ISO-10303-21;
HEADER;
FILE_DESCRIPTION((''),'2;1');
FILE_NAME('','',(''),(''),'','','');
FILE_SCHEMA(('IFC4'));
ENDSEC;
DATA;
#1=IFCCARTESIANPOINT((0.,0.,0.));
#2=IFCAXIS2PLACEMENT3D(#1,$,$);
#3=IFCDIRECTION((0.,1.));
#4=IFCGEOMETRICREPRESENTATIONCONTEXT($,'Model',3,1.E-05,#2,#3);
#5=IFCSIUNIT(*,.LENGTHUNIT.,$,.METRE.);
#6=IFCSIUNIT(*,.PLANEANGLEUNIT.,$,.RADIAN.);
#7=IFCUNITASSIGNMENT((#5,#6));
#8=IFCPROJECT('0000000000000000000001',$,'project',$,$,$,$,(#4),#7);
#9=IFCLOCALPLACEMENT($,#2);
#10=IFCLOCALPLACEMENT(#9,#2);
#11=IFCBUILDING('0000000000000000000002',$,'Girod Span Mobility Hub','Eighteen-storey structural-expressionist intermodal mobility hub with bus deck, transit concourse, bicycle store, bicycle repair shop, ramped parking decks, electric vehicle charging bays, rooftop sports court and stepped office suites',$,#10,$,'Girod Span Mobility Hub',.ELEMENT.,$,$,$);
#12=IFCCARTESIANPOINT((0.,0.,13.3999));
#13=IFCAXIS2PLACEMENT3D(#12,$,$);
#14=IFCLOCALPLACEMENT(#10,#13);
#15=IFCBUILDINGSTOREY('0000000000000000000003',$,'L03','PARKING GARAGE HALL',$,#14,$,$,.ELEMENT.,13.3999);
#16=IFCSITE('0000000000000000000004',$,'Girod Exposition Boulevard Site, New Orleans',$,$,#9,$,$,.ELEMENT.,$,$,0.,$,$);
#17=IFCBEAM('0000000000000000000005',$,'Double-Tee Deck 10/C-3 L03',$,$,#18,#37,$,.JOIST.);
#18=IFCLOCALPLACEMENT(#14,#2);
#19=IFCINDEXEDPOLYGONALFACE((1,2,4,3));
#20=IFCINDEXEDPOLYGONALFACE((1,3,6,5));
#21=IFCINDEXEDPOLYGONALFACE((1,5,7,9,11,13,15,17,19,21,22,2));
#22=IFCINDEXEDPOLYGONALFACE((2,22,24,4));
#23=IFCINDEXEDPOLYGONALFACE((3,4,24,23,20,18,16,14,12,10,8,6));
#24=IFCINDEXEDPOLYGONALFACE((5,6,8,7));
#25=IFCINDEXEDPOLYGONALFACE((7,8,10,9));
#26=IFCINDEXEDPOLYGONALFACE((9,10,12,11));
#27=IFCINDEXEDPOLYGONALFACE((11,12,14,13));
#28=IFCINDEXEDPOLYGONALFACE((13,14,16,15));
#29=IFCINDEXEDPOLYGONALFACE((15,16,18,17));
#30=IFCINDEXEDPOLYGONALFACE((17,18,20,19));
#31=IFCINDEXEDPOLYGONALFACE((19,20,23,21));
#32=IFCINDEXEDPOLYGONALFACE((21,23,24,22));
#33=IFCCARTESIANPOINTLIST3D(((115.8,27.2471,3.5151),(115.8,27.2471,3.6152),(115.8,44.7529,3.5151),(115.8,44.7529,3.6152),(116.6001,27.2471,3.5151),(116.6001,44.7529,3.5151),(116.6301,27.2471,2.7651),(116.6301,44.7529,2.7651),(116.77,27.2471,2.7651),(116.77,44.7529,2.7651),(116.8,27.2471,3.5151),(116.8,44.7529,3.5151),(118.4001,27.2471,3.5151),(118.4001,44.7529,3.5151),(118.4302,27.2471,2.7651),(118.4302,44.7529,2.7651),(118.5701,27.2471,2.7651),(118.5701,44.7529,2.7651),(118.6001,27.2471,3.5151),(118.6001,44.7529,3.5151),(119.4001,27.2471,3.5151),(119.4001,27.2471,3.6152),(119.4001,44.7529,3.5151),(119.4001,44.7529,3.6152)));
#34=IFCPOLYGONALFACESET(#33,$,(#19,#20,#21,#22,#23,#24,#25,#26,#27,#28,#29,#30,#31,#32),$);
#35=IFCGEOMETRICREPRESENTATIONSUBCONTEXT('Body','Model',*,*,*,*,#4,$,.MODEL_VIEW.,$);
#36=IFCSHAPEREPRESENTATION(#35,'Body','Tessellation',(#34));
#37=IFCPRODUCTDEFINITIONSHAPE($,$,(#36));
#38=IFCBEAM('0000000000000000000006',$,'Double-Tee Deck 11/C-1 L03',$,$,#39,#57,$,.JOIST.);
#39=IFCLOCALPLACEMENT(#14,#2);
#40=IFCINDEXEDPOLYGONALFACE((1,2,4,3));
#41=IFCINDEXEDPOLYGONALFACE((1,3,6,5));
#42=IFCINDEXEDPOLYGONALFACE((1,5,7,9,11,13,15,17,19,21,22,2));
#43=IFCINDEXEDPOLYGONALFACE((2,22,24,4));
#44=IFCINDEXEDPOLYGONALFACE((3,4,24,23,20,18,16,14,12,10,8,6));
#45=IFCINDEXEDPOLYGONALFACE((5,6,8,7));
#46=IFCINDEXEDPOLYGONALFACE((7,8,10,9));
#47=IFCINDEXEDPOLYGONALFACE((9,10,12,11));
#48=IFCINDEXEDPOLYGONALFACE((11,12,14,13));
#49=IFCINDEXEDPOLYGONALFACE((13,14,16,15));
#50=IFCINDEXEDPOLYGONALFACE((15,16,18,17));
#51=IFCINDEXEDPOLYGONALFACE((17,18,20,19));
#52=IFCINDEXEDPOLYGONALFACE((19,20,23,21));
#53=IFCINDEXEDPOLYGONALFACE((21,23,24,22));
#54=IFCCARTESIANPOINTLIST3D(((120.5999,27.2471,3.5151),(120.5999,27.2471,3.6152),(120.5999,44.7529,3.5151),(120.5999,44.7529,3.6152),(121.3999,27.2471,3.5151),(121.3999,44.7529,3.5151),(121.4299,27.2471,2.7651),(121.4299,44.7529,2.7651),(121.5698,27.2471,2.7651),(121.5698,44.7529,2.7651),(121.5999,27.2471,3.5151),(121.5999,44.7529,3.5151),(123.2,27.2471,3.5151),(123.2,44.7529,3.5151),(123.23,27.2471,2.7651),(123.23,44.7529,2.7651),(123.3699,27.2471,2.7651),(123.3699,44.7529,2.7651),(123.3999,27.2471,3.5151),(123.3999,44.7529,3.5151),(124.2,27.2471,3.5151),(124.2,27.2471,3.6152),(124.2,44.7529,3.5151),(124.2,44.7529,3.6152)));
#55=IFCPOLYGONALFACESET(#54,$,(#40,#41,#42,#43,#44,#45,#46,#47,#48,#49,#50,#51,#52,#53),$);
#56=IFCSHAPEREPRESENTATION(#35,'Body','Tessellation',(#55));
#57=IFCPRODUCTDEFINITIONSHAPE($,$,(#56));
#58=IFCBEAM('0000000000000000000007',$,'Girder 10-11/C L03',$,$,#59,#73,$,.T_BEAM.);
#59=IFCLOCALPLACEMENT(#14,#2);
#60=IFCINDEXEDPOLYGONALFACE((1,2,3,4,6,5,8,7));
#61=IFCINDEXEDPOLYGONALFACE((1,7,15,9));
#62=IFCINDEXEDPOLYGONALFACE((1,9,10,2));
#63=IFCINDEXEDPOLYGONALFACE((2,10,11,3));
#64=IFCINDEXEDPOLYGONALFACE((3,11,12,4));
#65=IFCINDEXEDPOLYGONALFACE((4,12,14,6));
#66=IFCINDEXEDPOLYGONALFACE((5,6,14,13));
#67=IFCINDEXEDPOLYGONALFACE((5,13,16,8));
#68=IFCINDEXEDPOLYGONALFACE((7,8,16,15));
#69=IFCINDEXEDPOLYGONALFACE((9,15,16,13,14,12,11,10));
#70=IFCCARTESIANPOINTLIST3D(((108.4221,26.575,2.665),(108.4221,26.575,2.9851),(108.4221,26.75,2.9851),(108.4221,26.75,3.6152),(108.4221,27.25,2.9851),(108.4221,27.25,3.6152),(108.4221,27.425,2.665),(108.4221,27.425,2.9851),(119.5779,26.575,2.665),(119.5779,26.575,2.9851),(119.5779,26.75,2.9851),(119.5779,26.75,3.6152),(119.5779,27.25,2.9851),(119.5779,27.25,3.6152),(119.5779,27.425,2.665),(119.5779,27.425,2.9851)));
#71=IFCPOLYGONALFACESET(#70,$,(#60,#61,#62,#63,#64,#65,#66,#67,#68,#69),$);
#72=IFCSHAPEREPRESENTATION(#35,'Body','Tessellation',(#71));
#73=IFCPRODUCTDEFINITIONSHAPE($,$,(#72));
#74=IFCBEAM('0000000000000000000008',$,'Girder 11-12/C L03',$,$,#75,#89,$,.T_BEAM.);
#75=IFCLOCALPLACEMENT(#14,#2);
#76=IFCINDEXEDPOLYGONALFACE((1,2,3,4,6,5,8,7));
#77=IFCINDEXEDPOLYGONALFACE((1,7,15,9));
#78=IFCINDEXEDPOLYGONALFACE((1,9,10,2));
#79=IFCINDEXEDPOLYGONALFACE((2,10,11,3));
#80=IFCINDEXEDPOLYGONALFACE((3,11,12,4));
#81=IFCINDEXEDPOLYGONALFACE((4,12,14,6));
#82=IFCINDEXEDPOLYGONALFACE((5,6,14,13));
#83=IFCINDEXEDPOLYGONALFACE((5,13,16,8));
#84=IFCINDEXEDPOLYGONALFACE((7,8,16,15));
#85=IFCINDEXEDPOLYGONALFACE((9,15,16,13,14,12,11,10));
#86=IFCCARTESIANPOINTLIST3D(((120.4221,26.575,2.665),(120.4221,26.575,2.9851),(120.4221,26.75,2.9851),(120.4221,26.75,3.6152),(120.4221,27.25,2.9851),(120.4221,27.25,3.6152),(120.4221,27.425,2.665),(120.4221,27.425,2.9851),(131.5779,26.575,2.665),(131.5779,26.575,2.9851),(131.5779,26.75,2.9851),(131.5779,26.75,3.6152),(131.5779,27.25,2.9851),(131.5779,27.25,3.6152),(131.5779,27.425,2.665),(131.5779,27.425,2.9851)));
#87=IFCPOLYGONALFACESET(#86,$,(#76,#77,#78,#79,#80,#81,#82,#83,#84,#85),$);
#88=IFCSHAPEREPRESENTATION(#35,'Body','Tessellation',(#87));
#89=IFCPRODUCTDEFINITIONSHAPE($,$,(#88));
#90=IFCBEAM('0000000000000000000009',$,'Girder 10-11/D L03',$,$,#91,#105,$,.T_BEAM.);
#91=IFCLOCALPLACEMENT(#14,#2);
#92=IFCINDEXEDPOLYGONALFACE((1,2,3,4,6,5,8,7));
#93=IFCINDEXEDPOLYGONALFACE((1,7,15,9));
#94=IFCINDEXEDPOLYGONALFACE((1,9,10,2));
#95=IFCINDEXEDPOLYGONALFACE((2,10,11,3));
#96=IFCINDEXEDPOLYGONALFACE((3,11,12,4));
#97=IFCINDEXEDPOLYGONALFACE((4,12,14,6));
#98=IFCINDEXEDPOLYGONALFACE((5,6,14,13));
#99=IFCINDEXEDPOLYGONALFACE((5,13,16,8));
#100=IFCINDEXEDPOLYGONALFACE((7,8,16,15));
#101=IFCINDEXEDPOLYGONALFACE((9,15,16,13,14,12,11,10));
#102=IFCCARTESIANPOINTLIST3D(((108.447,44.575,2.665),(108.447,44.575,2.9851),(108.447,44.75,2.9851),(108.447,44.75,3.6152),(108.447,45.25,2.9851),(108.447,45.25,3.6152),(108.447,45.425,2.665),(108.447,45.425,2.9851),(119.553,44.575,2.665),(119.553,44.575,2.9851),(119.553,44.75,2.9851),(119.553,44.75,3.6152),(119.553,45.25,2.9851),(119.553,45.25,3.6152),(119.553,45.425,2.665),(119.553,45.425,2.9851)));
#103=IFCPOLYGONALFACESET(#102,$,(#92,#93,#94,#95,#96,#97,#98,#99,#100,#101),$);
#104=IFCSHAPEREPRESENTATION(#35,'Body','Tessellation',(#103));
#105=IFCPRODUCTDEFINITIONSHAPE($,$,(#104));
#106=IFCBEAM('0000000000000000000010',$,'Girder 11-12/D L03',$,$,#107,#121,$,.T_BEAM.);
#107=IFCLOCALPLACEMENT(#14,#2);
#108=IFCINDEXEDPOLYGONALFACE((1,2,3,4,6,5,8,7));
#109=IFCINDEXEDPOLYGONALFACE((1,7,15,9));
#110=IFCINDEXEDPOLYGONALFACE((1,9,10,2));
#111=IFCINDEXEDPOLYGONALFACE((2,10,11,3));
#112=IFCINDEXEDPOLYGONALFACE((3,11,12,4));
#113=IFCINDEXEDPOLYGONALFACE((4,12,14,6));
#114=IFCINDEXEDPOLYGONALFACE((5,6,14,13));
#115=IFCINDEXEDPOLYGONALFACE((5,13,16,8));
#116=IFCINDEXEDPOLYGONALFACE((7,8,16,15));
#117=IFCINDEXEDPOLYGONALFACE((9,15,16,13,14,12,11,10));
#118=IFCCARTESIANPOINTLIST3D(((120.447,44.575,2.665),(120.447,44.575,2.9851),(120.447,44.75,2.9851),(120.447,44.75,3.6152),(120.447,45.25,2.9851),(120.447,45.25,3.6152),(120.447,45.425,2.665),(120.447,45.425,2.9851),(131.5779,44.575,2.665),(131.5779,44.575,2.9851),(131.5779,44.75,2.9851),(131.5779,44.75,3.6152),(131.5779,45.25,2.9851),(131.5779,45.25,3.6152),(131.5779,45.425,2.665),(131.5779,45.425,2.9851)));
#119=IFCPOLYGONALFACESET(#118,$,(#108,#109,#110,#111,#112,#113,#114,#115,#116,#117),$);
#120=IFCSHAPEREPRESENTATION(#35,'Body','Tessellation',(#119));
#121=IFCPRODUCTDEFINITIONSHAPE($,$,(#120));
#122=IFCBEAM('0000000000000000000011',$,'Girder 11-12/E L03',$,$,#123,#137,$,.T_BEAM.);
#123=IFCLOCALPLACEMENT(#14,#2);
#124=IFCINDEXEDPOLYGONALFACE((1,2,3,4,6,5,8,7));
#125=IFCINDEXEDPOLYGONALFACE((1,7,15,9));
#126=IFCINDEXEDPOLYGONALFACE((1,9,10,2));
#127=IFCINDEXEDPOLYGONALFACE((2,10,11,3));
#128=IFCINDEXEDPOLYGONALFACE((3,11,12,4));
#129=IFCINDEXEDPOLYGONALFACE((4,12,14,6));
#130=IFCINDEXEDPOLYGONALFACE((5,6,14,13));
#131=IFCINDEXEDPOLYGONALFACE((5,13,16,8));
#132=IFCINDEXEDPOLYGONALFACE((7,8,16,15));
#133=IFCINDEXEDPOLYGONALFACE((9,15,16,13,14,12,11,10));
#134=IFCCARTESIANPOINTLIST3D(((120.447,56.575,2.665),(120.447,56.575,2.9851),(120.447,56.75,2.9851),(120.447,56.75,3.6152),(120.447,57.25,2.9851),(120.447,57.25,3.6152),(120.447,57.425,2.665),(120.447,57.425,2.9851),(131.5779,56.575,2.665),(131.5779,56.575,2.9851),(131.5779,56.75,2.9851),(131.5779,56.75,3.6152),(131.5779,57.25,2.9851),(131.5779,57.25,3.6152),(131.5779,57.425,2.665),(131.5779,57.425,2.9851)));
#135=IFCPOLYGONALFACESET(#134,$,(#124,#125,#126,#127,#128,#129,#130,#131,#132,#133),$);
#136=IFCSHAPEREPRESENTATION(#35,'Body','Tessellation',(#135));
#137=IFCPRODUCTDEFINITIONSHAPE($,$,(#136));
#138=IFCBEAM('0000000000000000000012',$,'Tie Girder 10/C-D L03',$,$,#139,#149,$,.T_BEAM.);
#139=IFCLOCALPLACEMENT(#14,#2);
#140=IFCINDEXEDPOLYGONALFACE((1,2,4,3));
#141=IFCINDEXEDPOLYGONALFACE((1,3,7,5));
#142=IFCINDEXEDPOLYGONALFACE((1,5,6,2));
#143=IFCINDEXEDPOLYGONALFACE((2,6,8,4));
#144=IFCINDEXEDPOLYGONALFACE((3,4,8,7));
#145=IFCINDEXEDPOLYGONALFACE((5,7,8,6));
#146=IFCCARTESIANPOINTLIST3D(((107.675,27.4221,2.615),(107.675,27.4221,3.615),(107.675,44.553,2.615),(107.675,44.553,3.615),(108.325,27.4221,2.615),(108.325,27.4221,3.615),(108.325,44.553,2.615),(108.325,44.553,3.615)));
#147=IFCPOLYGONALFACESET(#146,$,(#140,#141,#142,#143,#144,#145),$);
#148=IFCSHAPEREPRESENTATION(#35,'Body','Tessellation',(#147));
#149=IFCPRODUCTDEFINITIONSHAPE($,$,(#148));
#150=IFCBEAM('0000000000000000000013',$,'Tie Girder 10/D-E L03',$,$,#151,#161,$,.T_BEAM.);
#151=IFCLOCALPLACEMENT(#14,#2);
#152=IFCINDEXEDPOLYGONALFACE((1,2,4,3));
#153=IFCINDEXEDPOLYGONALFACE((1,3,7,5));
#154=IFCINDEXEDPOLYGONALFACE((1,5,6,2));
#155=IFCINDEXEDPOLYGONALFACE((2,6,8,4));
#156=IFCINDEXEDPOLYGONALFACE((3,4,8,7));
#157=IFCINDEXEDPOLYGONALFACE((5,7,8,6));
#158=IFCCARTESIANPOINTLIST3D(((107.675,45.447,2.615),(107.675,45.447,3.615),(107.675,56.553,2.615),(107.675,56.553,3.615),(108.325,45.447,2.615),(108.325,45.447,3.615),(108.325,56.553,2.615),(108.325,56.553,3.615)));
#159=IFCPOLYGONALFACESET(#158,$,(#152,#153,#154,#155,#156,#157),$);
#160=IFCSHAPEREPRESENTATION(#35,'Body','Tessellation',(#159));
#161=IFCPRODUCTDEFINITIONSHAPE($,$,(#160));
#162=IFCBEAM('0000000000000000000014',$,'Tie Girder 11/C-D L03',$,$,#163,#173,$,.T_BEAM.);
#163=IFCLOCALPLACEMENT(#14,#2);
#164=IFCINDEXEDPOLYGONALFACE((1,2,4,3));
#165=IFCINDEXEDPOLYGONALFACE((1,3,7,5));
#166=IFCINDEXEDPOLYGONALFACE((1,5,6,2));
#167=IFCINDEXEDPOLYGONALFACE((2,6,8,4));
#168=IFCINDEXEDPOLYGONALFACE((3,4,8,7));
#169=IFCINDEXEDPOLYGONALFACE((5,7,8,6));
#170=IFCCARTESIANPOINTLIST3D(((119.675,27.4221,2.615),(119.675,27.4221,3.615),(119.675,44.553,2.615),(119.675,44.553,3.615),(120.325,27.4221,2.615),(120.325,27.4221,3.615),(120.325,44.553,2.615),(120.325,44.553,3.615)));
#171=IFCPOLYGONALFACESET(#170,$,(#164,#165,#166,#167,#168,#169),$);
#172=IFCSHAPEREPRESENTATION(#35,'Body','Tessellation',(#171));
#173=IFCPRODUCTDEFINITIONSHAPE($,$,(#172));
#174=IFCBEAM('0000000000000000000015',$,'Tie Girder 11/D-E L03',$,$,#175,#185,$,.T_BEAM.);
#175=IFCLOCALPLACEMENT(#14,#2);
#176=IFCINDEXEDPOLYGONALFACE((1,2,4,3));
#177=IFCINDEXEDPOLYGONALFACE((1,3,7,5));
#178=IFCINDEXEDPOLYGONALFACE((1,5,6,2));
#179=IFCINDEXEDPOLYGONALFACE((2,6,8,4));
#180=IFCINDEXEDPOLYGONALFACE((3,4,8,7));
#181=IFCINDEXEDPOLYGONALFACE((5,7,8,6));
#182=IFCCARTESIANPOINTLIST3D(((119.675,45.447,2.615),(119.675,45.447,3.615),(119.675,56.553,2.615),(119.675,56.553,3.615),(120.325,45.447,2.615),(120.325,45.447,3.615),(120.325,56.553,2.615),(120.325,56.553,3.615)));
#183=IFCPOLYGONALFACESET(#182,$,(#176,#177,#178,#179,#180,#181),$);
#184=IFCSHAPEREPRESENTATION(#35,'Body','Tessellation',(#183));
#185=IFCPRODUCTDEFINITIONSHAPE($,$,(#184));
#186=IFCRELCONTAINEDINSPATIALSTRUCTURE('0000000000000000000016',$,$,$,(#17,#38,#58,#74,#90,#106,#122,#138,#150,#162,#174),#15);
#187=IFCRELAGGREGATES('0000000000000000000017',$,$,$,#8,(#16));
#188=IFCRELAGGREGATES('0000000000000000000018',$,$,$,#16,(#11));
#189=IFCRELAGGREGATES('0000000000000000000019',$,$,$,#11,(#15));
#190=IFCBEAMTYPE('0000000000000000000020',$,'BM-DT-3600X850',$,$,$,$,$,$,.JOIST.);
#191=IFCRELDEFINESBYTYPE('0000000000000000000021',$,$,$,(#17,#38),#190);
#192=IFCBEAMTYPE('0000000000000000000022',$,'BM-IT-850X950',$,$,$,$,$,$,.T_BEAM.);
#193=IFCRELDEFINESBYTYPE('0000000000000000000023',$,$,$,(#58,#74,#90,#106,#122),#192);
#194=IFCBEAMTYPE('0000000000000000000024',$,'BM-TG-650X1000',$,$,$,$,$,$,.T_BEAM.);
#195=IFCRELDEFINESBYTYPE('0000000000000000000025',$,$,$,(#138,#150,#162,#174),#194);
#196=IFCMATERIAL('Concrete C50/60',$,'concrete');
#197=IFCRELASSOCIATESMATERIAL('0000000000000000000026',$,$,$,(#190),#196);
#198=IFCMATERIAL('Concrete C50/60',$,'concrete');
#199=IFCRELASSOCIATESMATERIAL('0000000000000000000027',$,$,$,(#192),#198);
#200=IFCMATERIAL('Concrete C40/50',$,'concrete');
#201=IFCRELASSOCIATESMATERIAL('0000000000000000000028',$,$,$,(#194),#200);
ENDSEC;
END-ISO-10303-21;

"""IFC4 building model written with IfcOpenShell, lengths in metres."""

from ifc_helpers import new_model, si_unit, direction, frame, origin, origin_2d, place, context, subcontext, project, spatial, polyline, rectangle, outline, extrude, material, material_profile, profile_set, type_object, element, save


model = new_model("IFC4")

# Units and contexts
model_context = context("Model", 3, precision=1e-05, world=origin(), true_north=direction((0.0, 1.0)))
body_context = subcontext(model_context, "Body", "Model", "MODEL_VIEW")
ifc_project = project(units=[si_unit("LENGTHUNIT", "METRE"), si_unit("PLANEANGLEUNIT", "RADIAN")], contexts=[model_context])

# Site, building, storey
site_placement = place(None, origin())
site = spatial("IfcSite", under=ifc_project, at=site_placement, Name="Girod Exposition Boulevard Site, New Orleans", CompositionType="ELEMENT", RefElevation=0.0)
building_placement = place(site_placement, origin())
building = spatial("IfcBuilding", under=site, at=building_placement, Name="Girod Span Mobility Hub", Description="Eighteen-storey structural-expressionist intermodal mobility hub with bus deck, transit concourse, bicycle store, bicycle repair shop, ramped parking decks, electric vehicle charging bays, rooftop sports court and stepped office suites", LongName="Girod Span Mobility Hub", CompositionType="ELEMENT")
storey_placement = place(building_placement, frame((0.0, 0.0, 13.3999)))
storey = spatial("IfcBuildingStorey", under=building, at=storey_placement, Name="L03", Description="PARKING GARAGE HALL", CompositionType="ELEMENT", Elevation=13.3999)

# Beams
ifc_material_1 = material(Name="Concrete C50/60", Category="concrete")
ifc_material_profile_1 = material_profile(ifc_material_1, outline(polyline([(-1.8, 0.425), (-1.8, 0.325), (-1.0, 0.325), (-0.97, -0.425), (-0.8301, -0.425), (-0.8, 0.325), (0.8, 0.325), (0.8301, -0.425), (0.97, -0.425), (1.0, 0.325), (1.8, 0.325), (1.8, 0.425), (-1.8, 0.425)])), Name="DT-3600X850")
ifc_profile_set_1 = profile_set([ifc_material_profile_1], Name="Concrete C50/60")
beam_type_1 = type_object("IfcBeamType", Name="BM-DT-3600X850", PredefinedType="JOIST", material=ifc_profile_set_1)
for number, where, z_axis, x_axis, name in (
    (1, (117.6001, 27.2471, 3.1902), (0.0, 1.0, 0.0), (-1.0, 0.0, 0.0), "Double-Tee Deck 10/C-3 L03"),
    (2, (122.3999, 27.2471, 3.1902), (0.0, 1.0, 0.0), (-1.0, 0.0, 0.0), "Double-Tee Deck 11/C-1 L03"),
):
    element("IfcBeam", number, at=place(storey_placement, frame(where, z_axis=z_axis, x_axis=x_axis)), inside=storey, type_object=beam_type_1, Name=name, PredefinedType="JOIST", context=body_context, shape_type="SweptSolid", body=[
        extrude(outline(polyline([(-1.8, 0.425), (-1.8, 0.325), (-1.0, 0.325), (-0.97, -0.425), (-0.8301, -0.425), (-0.8, 0.325), (0.8, 0.325), (0.8301, -0.425), (0.97, -0.425), (1.0, 0.325), (1.8, 0.325), (1.8, 0.425), (-1.8, 0.425)])), origin(), (0.0, 0.0, 1.0), 17.5059),
    ])
ifc_material_2 = material(Name="Concrete C50/60", Category="concrete")
ifc_material_profile_2 = material_profile(ifc_material_2, outline(polyline([(-0.425, -0.4751), (0.425, -0.4751), (0.425, -0.155), (0.25, -0.155), (0.25, 0.4751), (-0.25, 0.4751), (-0.25, -0.155), (-0.425, -0.155), (-0.425, -0.4751)])), Name="IT-850X950")
ifc_profile_set_2 = profile_set([ifc_material_profile_2], Name="Concrete C50/60")
beam_type_2 = type_object("IfcBeamType", Name="BM-IT-850X950", PredefinedType="T_BEAM", material=ifc_profile_set_2)
for number, where, z_axis, x_axis, name in (
    (3, (108.4221, 27.0, 3.1401), (1.0, 0.0, 0.0), (0.0, 1.0, 0.0), "Girder 10-11/C L03"),
    (4, (120.4221, 27.0, 3.1401), (1.0, 0.0, 0.0), (0.0, 1.0, 0.0), "Girder 11-12/C L03"),
):
    element("IfcBeam", number, at=place(storey_placement, frame(where, z_axis=z_axis, x_axis=x_axis)), inside=storey, type_object=beam_type_2, Name=name, PredefinedType="T_BEAM", context=body_context, shape_type="SweptSolid", body=[
        extrude(outline(polyline([(-0.425, -0.4751), (0.425, -0.4751), (0.425, -0.155), (0.25, -0.155), (0.25, 0.4751), (-0.25, 0.4751), (-0.25, -0.155), (-0.425, -0.155), (-0.425, -0.4751)])), origin(), (0.0, 0.0, 1.0), 11.1558),
    ])
beam_1_placement = place(storey_placement, frame((108.447, 45.0, 3.1401), z_axis=(1.0, 0.0, 0.0), x_axis=(0.0, 1.0, 0.0)))
element("IfcBeam", 5, at=beam_1_placement, inside=storey, type_object=beam_type_2, Name="Girder 10-11/D L03", PredefinedType="T_BEAM", context=body_context, shape_type="SweptSolid", body=[
    extrude(outline(polyline([(-0.425, -0.4751), (0.425, -0.4751), (0.425, -0.155), (0.25, -0.155), (0.25, 0.4751), (-0.25, 0.4751), (-0.25, -0.155), (-0.425, -0.155), (-0.425, -0.4751)])), origin(), (0.0, 0.0, 1.0), 11.106),
])
for number, where, z_axis, x_axis, name in (
    (6, (120.447, 45.0, 3.1401), (1.0, 0.0, 0.0), (0.0, 1.0, 0.0), "Girder 11-12/D L03"),
    (7, (120.447, 57.0, 3.1401), (1.0, 0.0, 0.0), (0.0, 1.0, 0.0), "Girder 11-12/E L03"),
):
    element("IfcBeam", number, at=place(storey_placement, frame(where, z_axis=z_axis, x_axis=x_axis)), inside=storey, type_object=beam_type_2, Name=name, PredefinedType="T_BEAM", context=body_context, shape_type="SweptSolid", body=[
        extrude(outline(polyline([(-0.425, -0.4751), (0.425, -0.4751), (0.425, -0.155), (0.25, -0.155), (0.25, 0.4751), (-0.25, 0.4751), (-0.25, -0.155), (-0.425, -0.155), (-0.425, -0.4751)])), origin(), (0.0, 0.0, 1.0), 11.1309),
    ])
ifc_material_3 = material(Name="Concrete C40/50", Category="concrete")
ifc_material_profile_3 = material_profile(ifc_material_3, rectangle(XDim=0.6499, YDim=1.0, at=origin_2d()), Name="TG-650X1000")
ifc_profile_set_3 = profile_set([ifc_material_profile_3], Name="Concrete C40/50")
beam_type_3 = type_object("IfcBeamType", Name="BM-TG-650X1000", PredefinedType="T_BEAM", material=ifc_profile_set_3)
beam_2_placement = place(storey_placement, frame((108.0, 27.4221, 3.115), z_axis=(0.0, 1.0, 0.0), x_axis=(-1.0, 0.0, 0.0)))
element("IfcBeam", 8, at=beam_2_placement, inside=storey, type_object=beam_type_3, Name="Tie Girder 10/C-D L03", PredefinedType="T_BEAM", context=body_context, shape_type="SweptSolid", body=[
    extrude(rectangle(XDim=0.6499, YDim=1.0, at=origin_2d()), origin(), (0.0, 0.0, 1.0), 17.1309),
])
beam_3_placement = place(storey_placement, frame((108.0, 45.447, 3.115), z_axis=(0.0, 1.0, 0.0), x_axis=(-1.0, 0.0, 0.0)))
element("IfcBeam", 9, at=beam_3_placement, inside=storey, type_object=beam_type_3, Name="Tie Girder 10/D-E L03", PredefinedType="T_BEAM", context=body_context, shape_type="SweptSolid", body=[
    extrude(rectangle(XDim=0.6499, YDim=1.0, at=origin_2d()), origin(), (0.0, 0.0, 1.0), 11.106),
])
beam_4_placement = place(storey_placement, frame((120.0, 27.4221, 3.115), z_axis=(0.0, 1.0, 0.0), x_axis=(-1.0, 0.0, 0.0)))
element("IfcBeam", 10, at=beam_4_placement, inside=storey, type_object=beam_type_3, Name="Tie Girder 11/C-D L03", PredefinedType="T_BEAM", context=body_context, shape_type="SweptSolid", body=[
    extrude(rectangle(XDim=0.6499, YDim=1.0, at=origin_2d()), origin(), (0.0, 0.0, 1.0), 17.1309),
])
beam_5_placement = place(storey_placement, frame((120.0, 45.447, 3.115), z_axis=(0.0, 1.0, 0.0), x_axis=(-1.0, 0.0, 0.0)))
element("IfcBeam", 11, at=beam_5_placement, inside=storey, type_object=beam_type_3, Name="Tie Girder 11/D-E L03", PredefinedType="T_BEAM", context=body_context, shape_type="SweptSolid", body=[
    extrude(rectangle(XDim=0.6499, YDim=1.0, at=origin_2d()), origin(), (0.0, 0.0, 1.0), 11.106),
])

save(model, "model.ifc")
